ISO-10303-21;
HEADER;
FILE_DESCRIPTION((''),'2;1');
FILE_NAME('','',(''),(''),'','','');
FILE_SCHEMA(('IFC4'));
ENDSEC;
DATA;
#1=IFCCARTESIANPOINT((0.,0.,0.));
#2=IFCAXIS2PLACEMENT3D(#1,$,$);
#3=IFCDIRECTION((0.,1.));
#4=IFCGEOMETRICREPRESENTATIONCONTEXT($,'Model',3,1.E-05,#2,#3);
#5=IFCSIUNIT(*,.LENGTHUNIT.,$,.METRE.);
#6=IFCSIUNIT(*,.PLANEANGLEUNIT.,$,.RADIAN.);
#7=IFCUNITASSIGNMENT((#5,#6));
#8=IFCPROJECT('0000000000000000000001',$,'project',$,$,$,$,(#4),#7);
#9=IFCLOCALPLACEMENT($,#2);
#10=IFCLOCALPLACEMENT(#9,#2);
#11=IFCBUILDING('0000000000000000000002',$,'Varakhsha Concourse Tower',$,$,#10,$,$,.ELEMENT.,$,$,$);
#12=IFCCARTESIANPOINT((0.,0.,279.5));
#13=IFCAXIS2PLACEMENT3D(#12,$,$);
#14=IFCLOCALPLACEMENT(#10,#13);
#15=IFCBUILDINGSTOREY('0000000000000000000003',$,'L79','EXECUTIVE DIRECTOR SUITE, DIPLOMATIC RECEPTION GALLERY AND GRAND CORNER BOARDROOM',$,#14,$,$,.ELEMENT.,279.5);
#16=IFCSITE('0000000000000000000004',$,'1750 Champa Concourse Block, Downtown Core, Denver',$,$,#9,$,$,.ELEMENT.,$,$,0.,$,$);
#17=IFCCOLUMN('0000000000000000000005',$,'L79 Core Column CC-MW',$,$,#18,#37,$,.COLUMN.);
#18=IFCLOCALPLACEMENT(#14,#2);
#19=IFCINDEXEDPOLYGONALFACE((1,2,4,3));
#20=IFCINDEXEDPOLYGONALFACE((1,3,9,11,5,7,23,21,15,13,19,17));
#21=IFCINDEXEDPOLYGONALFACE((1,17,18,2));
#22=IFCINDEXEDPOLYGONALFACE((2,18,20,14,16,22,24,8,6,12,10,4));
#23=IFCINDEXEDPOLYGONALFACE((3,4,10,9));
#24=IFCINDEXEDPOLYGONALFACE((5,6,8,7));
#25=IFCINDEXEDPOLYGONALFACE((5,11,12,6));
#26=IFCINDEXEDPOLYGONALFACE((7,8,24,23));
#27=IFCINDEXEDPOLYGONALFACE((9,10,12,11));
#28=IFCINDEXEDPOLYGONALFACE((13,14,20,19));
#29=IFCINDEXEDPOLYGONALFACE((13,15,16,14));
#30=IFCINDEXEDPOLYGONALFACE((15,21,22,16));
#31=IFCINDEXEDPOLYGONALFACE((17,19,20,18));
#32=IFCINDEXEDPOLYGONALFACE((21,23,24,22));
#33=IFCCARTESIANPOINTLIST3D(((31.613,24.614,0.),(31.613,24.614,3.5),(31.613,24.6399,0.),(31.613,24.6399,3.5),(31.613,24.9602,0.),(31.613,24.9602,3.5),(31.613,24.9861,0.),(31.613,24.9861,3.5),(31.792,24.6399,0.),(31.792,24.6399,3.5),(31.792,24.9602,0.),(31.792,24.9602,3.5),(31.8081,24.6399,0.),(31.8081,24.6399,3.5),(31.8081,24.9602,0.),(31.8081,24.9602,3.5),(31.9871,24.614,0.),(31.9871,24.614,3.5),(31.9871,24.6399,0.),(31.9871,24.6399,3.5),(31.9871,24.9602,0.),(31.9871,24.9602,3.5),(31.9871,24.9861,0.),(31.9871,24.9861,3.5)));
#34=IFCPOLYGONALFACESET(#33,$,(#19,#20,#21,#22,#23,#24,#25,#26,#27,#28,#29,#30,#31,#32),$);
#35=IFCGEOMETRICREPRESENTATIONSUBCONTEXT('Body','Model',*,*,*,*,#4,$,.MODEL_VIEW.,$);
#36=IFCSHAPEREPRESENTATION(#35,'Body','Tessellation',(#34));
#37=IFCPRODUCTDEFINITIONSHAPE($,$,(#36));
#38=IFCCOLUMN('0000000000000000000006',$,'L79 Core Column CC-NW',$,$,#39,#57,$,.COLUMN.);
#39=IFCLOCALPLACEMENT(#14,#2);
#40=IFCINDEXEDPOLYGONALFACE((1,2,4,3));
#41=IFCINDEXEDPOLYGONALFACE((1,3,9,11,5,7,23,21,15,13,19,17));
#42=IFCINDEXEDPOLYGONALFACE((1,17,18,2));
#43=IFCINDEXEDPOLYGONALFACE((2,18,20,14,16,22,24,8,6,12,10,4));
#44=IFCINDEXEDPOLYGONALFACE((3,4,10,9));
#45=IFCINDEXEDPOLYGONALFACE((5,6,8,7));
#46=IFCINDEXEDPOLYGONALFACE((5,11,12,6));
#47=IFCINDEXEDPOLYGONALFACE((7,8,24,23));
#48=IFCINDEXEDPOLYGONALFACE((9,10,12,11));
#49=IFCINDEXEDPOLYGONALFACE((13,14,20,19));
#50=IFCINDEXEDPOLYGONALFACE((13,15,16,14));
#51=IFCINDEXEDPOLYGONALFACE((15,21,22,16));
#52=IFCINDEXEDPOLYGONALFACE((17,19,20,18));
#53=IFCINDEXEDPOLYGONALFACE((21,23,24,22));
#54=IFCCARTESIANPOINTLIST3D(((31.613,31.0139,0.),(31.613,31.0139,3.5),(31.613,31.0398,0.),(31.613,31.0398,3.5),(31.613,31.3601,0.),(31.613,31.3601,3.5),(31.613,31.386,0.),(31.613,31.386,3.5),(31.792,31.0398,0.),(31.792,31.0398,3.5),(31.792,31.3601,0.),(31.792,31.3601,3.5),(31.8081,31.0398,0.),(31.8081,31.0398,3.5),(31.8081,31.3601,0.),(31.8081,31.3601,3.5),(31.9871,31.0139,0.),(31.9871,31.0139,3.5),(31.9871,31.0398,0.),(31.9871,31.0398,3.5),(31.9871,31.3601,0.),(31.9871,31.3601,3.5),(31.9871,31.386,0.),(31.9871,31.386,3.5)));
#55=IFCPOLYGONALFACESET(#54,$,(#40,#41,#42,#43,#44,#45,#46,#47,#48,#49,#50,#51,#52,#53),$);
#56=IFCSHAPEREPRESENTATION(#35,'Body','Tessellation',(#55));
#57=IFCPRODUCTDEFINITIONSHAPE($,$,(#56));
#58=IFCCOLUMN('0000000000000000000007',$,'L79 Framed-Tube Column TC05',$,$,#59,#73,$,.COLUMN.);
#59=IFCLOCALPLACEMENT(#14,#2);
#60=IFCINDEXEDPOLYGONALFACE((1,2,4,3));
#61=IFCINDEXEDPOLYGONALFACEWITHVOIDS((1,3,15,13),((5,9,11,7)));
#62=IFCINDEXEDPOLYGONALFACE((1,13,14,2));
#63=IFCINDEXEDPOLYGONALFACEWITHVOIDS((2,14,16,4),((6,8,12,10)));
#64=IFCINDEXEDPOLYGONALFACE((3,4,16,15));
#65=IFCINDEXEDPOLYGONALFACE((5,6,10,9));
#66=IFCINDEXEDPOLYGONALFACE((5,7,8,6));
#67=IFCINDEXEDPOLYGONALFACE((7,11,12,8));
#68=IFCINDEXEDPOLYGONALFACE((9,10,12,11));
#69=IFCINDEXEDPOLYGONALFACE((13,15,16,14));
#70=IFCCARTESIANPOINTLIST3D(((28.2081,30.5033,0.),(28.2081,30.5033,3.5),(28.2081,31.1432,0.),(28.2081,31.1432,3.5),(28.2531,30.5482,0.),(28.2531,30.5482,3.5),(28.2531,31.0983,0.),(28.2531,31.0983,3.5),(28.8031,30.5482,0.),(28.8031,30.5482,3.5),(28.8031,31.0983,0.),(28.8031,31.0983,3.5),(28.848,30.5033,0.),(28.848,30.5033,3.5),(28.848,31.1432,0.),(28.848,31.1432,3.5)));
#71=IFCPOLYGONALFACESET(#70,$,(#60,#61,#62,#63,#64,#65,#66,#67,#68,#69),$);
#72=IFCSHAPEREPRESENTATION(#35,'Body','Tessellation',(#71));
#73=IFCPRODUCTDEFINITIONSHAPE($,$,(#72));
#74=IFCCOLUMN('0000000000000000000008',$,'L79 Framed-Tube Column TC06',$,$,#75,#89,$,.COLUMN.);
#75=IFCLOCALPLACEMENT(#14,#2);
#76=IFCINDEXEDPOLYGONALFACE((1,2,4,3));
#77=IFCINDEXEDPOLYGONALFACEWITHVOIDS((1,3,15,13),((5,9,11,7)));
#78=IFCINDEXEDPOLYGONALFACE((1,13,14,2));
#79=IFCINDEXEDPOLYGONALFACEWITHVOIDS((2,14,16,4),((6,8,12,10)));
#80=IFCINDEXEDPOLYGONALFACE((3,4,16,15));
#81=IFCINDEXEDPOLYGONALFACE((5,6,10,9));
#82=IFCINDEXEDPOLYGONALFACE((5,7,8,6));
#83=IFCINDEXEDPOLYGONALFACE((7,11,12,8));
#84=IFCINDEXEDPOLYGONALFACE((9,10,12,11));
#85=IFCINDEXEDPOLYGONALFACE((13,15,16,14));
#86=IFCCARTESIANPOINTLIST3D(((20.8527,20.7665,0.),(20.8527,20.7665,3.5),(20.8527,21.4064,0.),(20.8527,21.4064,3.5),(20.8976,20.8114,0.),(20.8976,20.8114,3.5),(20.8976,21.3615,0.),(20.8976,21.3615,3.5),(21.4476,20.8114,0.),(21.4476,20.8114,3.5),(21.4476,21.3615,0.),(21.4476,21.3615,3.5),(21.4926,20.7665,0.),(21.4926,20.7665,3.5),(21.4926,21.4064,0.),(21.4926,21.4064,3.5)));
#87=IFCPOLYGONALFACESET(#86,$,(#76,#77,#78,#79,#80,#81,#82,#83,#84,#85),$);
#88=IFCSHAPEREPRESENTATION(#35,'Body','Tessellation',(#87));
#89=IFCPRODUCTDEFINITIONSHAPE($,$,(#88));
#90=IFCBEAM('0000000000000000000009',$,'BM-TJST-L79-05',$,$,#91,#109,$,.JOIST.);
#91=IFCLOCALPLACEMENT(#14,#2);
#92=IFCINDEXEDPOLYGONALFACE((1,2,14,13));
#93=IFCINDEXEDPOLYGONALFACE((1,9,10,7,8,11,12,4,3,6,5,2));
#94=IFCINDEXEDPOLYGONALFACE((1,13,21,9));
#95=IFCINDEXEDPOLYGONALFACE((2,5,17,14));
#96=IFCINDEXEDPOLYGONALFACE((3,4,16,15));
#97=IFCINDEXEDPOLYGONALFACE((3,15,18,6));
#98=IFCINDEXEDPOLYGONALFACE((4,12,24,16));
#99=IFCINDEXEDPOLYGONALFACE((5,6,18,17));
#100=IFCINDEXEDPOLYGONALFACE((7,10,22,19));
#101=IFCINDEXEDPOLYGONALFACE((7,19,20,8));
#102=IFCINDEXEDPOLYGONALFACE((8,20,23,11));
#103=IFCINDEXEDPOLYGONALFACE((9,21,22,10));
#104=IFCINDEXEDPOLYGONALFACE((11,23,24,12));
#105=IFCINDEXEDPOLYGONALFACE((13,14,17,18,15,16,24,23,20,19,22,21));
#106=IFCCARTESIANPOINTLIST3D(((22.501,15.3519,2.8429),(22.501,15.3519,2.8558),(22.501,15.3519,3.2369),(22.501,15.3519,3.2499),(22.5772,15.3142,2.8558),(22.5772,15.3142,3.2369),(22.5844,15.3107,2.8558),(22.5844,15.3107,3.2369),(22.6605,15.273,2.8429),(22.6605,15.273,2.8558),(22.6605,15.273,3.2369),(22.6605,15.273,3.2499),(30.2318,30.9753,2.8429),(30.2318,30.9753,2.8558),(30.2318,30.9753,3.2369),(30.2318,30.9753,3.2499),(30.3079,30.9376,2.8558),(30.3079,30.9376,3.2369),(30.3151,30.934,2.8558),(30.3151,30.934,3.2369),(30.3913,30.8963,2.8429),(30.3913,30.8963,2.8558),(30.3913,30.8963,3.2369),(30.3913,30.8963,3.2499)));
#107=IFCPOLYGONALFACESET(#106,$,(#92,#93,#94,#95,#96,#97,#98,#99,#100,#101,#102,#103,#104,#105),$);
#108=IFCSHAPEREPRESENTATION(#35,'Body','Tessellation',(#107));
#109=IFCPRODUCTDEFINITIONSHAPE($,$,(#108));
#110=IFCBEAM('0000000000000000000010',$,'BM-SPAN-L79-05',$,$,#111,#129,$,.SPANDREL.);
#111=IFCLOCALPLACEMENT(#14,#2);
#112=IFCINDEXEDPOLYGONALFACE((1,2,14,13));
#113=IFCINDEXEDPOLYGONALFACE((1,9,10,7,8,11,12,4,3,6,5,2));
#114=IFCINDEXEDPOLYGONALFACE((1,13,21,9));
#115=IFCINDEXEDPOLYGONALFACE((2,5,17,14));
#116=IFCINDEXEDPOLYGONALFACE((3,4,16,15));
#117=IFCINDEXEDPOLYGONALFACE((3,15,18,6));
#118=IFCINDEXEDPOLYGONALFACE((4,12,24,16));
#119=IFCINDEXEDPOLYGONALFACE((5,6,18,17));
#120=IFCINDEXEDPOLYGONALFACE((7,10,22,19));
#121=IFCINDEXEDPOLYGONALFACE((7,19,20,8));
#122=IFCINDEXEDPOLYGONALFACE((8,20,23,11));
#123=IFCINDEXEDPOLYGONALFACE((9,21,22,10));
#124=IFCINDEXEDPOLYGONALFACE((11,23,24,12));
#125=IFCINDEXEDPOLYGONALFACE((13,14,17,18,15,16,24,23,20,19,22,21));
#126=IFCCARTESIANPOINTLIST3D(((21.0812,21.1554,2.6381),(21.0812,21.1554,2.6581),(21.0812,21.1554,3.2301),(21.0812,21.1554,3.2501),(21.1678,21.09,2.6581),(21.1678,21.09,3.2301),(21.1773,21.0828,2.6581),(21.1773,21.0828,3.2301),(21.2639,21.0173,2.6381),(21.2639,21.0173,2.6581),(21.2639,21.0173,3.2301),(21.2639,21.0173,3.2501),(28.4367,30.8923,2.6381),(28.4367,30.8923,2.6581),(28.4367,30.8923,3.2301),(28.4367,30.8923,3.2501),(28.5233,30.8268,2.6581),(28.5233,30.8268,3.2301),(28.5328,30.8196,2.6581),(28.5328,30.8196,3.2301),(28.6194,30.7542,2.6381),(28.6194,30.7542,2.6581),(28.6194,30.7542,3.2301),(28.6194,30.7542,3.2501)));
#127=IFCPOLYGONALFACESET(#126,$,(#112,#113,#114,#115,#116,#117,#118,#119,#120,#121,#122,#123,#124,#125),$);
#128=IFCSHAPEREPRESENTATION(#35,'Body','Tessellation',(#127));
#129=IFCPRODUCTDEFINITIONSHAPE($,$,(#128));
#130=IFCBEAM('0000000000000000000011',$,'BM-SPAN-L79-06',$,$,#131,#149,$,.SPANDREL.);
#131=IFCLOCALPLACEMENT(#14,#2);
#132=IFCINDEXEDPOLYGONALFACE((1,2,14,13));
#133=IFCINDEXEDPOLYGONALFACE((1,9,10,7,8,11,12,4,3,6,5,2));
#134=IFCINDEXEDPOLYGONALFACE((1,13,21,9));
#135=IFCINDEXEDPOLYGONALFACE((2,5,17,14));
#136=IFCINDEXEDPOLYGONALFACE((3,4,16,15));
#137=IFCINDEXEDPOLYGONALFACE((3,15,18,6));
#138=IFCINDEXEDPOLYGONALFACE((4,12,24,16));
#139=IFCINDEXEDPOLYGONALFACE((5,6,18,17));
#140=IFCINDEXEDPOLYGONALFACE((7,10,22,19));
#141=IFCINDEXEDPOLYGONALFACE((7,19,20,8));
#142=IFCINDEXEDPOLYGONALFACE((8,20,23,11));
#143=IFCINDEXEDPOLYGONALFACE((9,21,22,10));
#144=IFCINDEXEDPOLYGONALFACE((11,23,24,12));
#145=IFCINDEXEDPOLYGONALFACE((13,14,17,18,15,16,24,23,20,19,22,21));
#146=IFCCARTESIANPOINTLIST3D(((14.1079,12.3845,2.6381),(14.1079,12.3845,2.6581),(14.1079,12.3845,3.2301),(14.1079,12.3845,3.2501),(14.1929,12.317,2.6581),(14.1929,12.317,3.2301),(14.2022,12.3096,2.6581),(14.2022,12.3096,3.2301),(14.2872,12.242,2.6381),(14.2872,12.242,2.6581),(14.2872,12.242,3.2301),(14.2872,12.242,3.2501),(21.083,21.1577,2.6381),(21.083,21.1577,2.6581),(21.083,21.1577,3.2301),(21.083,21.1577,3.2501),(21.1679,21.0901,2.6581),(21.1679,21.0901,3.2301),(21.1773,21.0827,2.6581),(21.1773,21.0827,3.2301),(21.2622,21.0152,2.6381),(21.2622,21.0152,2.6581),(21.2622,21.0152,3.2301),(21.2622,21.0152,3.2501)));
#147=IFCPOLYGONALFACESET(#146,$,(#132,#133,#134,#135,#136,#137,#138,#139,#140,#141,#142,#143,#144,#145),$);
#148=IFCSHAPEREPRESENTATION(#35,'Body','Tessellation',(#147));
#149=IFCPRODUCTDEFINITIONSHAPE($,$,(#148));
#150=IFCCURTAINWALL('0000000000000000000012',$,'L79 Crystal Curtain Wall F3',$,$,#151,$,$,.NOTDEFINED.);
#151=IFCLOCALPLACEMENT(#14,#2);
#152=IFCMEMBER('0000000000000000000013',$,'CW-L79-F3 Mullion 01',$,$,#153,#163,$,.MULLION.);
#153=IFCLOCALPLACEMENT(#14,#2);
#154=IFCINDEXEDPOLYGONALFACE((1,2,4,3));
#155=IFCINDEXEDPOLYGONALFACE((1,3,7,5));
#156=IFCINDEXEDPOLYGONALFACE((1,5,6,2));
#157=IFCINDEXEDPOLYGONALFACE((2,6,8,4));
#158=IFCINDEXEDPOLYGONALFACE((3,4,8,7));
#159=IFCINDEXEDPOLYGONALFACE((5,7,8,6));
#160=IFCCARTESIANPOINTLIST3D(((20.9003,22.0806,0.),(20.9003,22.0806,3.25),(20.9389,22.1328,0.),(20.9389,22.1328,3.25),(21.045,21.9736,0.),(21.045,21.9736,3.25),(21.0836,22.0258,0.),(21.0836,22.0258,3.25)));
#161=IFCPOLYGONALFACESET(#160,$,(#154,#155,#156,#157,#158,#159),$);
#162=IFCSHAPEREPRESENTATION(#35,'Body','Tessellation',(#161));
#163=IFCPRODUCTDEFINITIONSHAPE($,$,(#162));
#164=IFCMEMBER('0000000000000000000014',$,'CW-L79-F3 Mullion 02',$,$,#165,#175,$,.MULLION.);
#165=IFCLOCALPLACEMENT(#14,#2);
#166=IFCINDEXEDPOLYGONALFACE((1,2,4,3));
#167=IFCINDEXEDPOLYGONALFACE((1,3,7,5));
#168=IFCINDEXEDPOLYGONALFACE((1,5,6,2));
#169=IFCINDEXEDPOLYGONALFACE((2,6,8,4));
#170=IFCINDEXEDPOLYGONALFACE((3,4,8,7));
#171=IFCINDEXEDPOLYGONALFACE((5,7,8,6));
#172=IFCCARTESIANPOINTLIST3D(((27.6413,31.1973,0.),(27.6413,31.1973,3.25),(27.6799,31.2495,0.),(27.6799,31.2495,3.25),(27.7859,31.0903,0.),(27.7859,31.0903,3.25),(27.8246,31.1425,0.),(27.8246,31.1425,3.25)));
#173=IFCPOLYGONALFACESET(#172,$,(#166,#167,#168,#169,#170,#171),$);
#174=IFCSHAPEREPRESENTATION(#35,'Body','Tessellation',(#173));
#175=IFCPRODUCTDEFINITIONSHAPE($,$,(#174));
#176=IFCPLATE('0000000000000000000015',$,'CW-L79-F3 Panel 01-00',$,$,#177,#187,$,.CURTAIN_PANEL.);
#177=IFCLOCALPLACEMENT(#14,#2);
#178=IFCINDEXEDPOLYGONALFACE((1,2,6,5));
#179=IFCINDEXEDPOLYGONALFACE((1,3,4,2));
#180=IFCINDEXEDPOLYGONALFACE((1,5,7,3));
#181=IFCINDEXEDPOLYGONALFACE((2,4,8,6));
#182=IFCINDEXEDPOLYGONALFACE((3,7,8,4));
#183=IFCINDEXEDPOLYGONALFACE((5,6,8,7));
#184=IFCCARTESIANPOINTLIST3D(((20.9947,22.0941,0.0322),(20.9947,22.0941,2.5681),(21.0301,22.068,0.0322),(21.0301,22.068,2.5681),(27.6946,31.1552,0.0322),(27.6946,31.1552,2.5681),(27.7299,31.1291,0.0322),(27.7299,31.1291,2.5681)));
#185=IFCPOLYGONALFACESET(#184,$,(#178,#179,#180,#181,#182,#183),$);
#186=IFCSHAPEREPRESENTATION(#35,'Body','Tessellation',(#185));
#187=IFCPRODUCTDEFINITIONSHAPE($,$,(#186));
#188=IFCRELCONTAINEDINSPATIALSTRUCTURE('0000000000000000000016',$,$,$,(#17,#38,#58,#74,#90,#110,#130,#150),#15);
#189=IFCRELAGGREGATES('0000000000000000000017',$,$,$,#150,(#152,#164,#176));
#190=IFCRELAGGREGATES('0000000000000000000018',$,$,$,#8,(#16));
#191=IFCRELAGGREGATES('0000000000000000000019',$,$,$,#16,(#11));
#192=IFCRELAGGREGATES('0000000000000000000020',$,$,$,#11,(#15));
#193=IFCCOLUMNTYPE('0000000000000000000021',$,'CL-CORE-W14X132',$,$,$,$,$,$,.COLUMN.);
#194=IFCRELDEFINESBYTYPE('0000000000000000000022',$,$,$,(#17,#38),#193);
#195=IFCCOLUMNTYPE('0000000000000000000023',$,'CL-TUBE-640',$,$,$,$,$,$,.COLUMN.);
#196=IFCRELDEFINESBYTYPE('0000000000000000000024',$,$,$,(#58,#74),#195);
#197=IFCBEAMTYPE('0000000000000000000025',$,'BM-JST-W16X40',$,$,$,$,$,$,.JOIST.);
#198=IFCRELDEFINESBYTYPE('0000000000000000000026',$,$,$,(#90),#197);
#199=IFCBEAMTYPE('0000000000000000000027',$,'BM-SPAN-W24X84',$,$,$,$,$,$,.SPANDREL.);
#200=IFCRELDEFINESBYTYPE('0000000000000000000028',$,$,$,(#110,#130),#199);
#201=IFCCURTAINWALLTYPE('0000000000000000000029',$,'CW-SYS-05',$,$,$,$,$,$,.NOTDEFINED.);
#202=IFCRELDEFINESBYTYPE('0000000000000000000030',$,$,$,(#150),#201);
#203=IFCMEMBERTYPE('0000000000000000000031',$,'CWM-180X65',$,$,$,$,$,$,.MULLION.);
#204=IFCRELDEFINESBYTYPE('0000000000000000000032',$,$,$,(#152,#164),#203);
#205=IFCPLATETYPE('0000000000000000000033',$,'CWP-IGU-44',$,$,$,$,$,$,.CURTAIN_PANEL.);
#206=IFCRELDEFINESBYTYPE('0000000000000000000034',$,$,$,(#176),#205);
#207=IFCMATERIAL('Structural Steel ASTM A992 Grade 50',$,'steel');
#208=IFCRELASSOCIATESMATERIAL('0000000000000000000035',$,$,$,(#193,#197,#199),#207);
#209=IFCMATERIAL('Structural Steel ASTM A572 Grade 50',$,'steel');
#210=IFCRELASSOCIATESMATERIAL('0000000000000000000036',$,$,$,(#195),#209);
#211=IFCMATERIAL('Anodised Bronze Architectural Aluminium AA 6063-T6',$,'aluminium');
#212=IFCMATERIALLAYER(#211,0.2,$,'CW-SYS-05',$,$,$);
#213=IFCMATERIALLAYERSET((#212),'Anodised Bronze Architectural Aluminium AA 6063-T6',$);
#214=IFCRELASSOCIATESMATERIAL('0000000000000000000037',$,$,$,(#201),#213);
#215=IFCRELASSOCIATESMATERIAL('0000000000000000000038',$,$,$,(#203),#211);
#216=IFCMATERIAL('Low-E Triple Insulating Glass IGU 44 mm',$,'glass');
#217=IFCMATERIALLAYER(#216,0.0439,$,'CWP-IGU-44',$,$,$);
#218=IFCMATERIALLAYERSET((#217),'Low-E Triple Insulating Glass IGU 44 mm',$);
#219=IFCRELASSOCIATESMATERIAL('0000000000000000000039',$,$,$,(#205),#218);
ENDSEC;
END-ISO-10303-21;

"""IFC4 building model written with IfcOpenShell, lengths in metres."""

from ifc_helpers import new_model, si_unit, direction, frame, origin, origin_2d, place, context, subcontext, project, spatial, rectangle, hollow_rectangle, i_section, extrude, source, transform, mapped, material, layer, layer_set, material_profile, profile_set, type_object, type_shapes, element, aggregate, save


model = new_model("IFC4")

# Units and contexts
model_context = context("Model", 3, precision=1e-05, world=origin(), true_north=direction((0.0, 1.0)))
body_context = subcontext(model_context, "Body", "Model", "MODEL_VIEW")
ifc_project = project(units=[si_unit("LENGTHUNIT", "METRE"), si_unit("PLANEANGLEUNIT", "RADIAN")], contexts=[model_context])

# Site, building, storey
site_placement = place(None, origin())
site = spatial("IfcSite", under=ifc_project, at=site_placement, Name="1750 Champa Concourse Block, Downtown Core, Denver", CompositionType="ELEMENT", RefElevation=0.0)
building_placement = place(site_placement, origin())
building = spatial("IfcBuilding", under=site, at=building_placement, Name="Varakhsha Concourse Tower", CompositionType="ELEMENT")
storey_placement = place(building_placement, frame((0.0, 0.0, 279.5)))
storey = spatial("IfcBuildingStorey", under=building, at=storey_placement, Name="L79", Description="EXECUTIVE DIRECTOR SUITE, DIPLOMATIC RECEPTION GALLERY AND GRAND CORNER BOARDROOM", CompositionType="ELEMENT", Elevation=279.5)

# Columns
ifc_material_1 = material(Name="Structural Steel ASTM A992 Grade 50", Category="steel")
ifc_material_profile_1 = material_profile(ifc_material_1, i_section(OverallWidth=0.374, OverallDepth=0.3721, WebThickness=0.0161, FlangeThickness=0.0259, at=origin_2d()), Name="W14X132")
ifc_profile_set_1 = profile_set([ifc_material_profile_1], Name="Structural Steel ASTM A992 Grade 50")
column_type_1 = type_object("IfcColumnType", Name="CL-CORE-W14X132", PredefinedType="COLUMN", material=ifc_profile_set_1)
for number, where, z_axis, x_axis, name in (
    (1, (31.8, 24.8, 0.0), (0.0, 0.0, 1.0), (1.0, 0.0, 0.0), "L79 Core Column CC-MW"),
    (2, (31.8, 31.2, 0.0), (0.0, 0.0, 1.0), (1.0, 0.0, 0.0), "L79 Core Column CC-NW"),
):
    element("IfcColumn", number, at=place(storey_placement, frame(where, z_axis=z_axis, x_axis=x_axis)), inside=storey, type_object=column_type_1, Name=name, PredefinedType="COLUMN", context=body_context, shape_type="SweptSolid", body=[
        extrude(i_section(OverallWidth=0.374, OverallDepth=0.3721, WebThickness=0.0161, FlangeThickness=0.0259, at=origin_2d()), origin(), (0.0, 0.0, 1.0), 3.5),
    ])
ifc_material_2 = material(Name="Structural Steel ASTM A572 Grade 50", Category="steel")
ifc_material_profile_2 = material_profile(ifc_material_2, hollow_rectangle(XDim=0.6399, YDim=0.6399, WallThickness=0.0449, at=origin_2d()), Name="BOX 640x640x45")
ifc_profile_set_2 = profile_set([ifc_material_profile_2], Name="Structural Steel ASTM A572 Grade 50")
column_type_2 = type_object("IfcColumnType", Name="CL-TUBE-640", PredefinedType="COLUMN", material=ifc_profile_set_2)
for number, where, z_axis, x_axis, name in (
    (3, (28.5281, 30.8232, 0.0), (0.0, 0.0, 1.0), (1.0, 0.0, 0.0), "L79 Framed-Tube Column TC05"),
    (4, (21.1726, 21.0864, 0.0), (0.0, 0.0, 1.0), (1.0, 0.0, 0.0), "L79 Framed-Tube Column TC06"),
):
    element("IfcColumn", number, at=place(storey_placement, frame(where, z_axis=z_axis, x_axis=x_axis)), inside=storey, type_object=column_type_2, Name=name, PredefinedType="COLUMN", context=body_context, shape_type="SweptSolid", body=[
        extrude(hollow_rectangle(XDim=0.6399, YDim=0.6399, WallThickness=0.0449, at=origin_2d()), origin(), (0.0, 0.0, 1.0), 3.5),
    ])

# Beams
ifc_material_profile_3 = material_profile(ifc_material_1, i_section(OverallWidth=0.178, OverallDepth=0.407, WebThickness=0.0081, FlangeThickness=0.0129, at=origin_2d()), Name="W16X40")
ifc_profile_set_3 = profile_set([ifc_material_profile_3], Name="Structural Steel ASTM A992 Grade 50")
beam_type_1 = type_object("IfcBeamType", Name="BM-JST-W16X40", PredefinedType="JOIST", material=ifc_profile_set_3)
beam_1_placement = place(storey_placement, frame((30.3115, 30.9358, 3.0464), z_axis=(-0.443495, -0.896277, 0.0), x_axis=(0.896277, -0.443495, 0.0)))
element("IfcBeam", 5, at=beam_1_placement, inside=storey, type_object=beam_type_1, Name="BM-TJST-L79-05", PredefinedType="JOIST", context=body_context, shape_type="SweptSolid", body=[
    extrude(i_section(OverallWidth=0.178, OverallDepth=0.407, WebThickness=0.0081, FlangeThickness=0.0129, at=origin_2d()), origin(), (0.0, 0.0, 1.0), 17.4314),
])
ifc_material_profile_4 = material_profile(ifc_material_1, i_section(OverallWidth=0.229, OverallDepth=0.6121, WebThickness=0.012, FlangeThickness=0.02, at=origin_2d()), Name="W24X84")
ifc_profile_set_4 = profile_set([ifc_material_profile_4], Name="Structural Steel ASTM A992 Grade 50")
beam_type_2 = type_object("IfcBeamType", Name="BM-SPAN-W24X84", PredefinedType="SPANDREL", material=ifc_profile_set_4)
beam_2_placement = place(storey_placement, frame((28.5281, 30.8232, 2.9441), z_axis=(-0.602769, -0.797916, 0.0), x_axis=(0.797916, -0.602769, 0.0)))
element("IfcBeam", 6, at=beam_2_placement, inside=storey, type_object=beam_type_2, Name="BM-SPAN-L79-05", PredefinedType="SPANDREL", context=body_context, shape_type="SweptSolid", body=[
    extrude(i_section(OverallWidth=0.229, OverallDepth=0.6121, WebThickness=0.012, FlangeThickness=0.02, at=origin_2d()), origin(), (0.0, 0.0, 1.0), 12.2029),
])
beam_3_placement = place(storey_placement, frame((21.1726, 21.0864, 2.9441), z_axis=(-0.622328, -0.782757, 0.0), x_axis=(0.782757, -0.622328, 0.0)))
element("IfcBeam", 7, at=beam_3_placement, inside=storey, type_object=beam_type_2, Name="BM-SPAN-L79-06", PredefinedType="SPANDREL", context=body_context, shape_type="SweptSolid", body=[
    extrude(i_section(OverallWidth=0.229, OverallDepth=0.6121, WebThickness=0.012, FlangeThickness=0.02, at=origin_2d()), origin(), (0.0, 0.0, 1.0), 11.208),
])

# Curtain wall, members, plate
ifc_material_3 = material(Name="Anodised Bronze Architectural Aluminium AA 6063-T6", Category="aluminium")
ifc_layer_1 = layer(ifc_material_3, 0.2, Name="CW-SYS-05")
ifc_layer_set_1 = layer_set([ifc_layer_1], Name="Anodised Bronze Architectural Aluminium AA 6063-T6")
curtain_wall_type = type_object("IfcCurtainWallType", Name="CW-SYS-05", PredefinedType="NOTDEFINED", material=ifc_layer_set_1)
curtain_wall_placement = place(storey_placement, origin())
curtain_wall = element("IfcCurtainWall", 8, at=curtain_wall_placement, inside=storey, type_object=curtain_wall_type, Name="L79 Crystal Curtain Wall F3", PredefinedType="NOTDEFINED")
ifc_material_profile_5 = material_profile(ifc_material_3, rectangle(XDim=0.0649, YDim=0.1799, at=origin_2d()), Name="CWM-180X65")
ifc_profile_set_5 = profile_set([ifc_material_profile_5], Name="Anodised Bronze Architectural Aluminium AA 6063-T6")
member_type = type_object("IfcMemberType", Name="CWM-180X65", PredefinedType="MULLION", material=ifc_profile_set_5)
shared_shape_1 = source(origin(), body_context, "Body", "SweptSolid", [
    extrude(rectangle(XDim=0.0649, YDim=0.1799, at=origin_2d()), origin(), (0.0, 0.0, 1.0), 3.25),
])
type_shapes(member_type, [shared_shape_1])
member_1_placement = place(storey_placement, frame((20.9919, 22.0532, 0.0), z_axis=(0.0, 0.0, 1.0), x_axis=(0.594534, 0.804071, 0.0)))
member_1 = element("IfcMember", 9, at=member_1_placement, type_object=member_type, Name="CW-L79-F3 Mullion 01", PredefinedType="MULLION", context=body_context, shape_type="MappedRepresentation", body=[
    mapped(shared_shape_1, transform((0.0, 0.0, 0.0), scale=1.0)),
])
member_2_placement = place(storey_placement, frame((27.7329, 31.1699, 0.0), z_axis=(0.0, 0.0, 1.0), x_axis=(0.594534, 0.804071, 0.0)))
member_2 = element("IfcMember", 10, at=member_2_placement, type_object=member_type, Name="CW-L79-F3 Mullion 02", PredefinedType="MULLION", context=body_context, shape_type="MappedRepresentation", body=[
    mapped(shared_shape_1, transform((0.0, 0.0, 0.0), scale=1.0)),
])
ifc_material_4 = material(Name="Low-E Triple Insulating Glass IGU 44 mm", Category="glass")
ifc_layer_2 = layer(ifc_material_4, 0.0439, Name="CWP-IGU-44")
ifc_layer_set_2 = layer_set([ifc_layer_2], Name="Low-E Triple Insulating Glass IGU 44 mm")
plate_type_1 = type_object("IfcPlateType", Name="CWP-IGU-44", PredefinedType="CURTAIN_PANEL", material=ifc_layer_set_2)
shared_shape_2 = source(origin(), body_context, "Body", "SweptSolid", [
    extrude(rectangle(XDim=11.269, YDim=0.0439, at=origin_2d()), origin(), (0.0, 0.0, 1.0), 2.5359),
])
type_shapes(plate_type_1, [shared_shape_2])
plate_1_placement = place(storey_placement, frame((24.3623, 26.6116, 0.0322), z_axis=(0.0, 0.0, 1.0), x_axis=(0.594534, 0.804071, 0.0)))
plate_1 = element("IfcPlate", 11, at=plate_1_placement, type_object=plate_type_1, Name="CW-L79-F3 Panel 01-00", PredefinedType="CURTAIN_PANEL", context=body_context, shape_type="MappedRepresentation", body=[
    mapped(shared_shape_2, transform((0.0, 0.0, 0.0), scale=1.0)),
])
aggregate(curtain_wall, [member_1, member_2, plate_1])

save(model, "model.ifc")
